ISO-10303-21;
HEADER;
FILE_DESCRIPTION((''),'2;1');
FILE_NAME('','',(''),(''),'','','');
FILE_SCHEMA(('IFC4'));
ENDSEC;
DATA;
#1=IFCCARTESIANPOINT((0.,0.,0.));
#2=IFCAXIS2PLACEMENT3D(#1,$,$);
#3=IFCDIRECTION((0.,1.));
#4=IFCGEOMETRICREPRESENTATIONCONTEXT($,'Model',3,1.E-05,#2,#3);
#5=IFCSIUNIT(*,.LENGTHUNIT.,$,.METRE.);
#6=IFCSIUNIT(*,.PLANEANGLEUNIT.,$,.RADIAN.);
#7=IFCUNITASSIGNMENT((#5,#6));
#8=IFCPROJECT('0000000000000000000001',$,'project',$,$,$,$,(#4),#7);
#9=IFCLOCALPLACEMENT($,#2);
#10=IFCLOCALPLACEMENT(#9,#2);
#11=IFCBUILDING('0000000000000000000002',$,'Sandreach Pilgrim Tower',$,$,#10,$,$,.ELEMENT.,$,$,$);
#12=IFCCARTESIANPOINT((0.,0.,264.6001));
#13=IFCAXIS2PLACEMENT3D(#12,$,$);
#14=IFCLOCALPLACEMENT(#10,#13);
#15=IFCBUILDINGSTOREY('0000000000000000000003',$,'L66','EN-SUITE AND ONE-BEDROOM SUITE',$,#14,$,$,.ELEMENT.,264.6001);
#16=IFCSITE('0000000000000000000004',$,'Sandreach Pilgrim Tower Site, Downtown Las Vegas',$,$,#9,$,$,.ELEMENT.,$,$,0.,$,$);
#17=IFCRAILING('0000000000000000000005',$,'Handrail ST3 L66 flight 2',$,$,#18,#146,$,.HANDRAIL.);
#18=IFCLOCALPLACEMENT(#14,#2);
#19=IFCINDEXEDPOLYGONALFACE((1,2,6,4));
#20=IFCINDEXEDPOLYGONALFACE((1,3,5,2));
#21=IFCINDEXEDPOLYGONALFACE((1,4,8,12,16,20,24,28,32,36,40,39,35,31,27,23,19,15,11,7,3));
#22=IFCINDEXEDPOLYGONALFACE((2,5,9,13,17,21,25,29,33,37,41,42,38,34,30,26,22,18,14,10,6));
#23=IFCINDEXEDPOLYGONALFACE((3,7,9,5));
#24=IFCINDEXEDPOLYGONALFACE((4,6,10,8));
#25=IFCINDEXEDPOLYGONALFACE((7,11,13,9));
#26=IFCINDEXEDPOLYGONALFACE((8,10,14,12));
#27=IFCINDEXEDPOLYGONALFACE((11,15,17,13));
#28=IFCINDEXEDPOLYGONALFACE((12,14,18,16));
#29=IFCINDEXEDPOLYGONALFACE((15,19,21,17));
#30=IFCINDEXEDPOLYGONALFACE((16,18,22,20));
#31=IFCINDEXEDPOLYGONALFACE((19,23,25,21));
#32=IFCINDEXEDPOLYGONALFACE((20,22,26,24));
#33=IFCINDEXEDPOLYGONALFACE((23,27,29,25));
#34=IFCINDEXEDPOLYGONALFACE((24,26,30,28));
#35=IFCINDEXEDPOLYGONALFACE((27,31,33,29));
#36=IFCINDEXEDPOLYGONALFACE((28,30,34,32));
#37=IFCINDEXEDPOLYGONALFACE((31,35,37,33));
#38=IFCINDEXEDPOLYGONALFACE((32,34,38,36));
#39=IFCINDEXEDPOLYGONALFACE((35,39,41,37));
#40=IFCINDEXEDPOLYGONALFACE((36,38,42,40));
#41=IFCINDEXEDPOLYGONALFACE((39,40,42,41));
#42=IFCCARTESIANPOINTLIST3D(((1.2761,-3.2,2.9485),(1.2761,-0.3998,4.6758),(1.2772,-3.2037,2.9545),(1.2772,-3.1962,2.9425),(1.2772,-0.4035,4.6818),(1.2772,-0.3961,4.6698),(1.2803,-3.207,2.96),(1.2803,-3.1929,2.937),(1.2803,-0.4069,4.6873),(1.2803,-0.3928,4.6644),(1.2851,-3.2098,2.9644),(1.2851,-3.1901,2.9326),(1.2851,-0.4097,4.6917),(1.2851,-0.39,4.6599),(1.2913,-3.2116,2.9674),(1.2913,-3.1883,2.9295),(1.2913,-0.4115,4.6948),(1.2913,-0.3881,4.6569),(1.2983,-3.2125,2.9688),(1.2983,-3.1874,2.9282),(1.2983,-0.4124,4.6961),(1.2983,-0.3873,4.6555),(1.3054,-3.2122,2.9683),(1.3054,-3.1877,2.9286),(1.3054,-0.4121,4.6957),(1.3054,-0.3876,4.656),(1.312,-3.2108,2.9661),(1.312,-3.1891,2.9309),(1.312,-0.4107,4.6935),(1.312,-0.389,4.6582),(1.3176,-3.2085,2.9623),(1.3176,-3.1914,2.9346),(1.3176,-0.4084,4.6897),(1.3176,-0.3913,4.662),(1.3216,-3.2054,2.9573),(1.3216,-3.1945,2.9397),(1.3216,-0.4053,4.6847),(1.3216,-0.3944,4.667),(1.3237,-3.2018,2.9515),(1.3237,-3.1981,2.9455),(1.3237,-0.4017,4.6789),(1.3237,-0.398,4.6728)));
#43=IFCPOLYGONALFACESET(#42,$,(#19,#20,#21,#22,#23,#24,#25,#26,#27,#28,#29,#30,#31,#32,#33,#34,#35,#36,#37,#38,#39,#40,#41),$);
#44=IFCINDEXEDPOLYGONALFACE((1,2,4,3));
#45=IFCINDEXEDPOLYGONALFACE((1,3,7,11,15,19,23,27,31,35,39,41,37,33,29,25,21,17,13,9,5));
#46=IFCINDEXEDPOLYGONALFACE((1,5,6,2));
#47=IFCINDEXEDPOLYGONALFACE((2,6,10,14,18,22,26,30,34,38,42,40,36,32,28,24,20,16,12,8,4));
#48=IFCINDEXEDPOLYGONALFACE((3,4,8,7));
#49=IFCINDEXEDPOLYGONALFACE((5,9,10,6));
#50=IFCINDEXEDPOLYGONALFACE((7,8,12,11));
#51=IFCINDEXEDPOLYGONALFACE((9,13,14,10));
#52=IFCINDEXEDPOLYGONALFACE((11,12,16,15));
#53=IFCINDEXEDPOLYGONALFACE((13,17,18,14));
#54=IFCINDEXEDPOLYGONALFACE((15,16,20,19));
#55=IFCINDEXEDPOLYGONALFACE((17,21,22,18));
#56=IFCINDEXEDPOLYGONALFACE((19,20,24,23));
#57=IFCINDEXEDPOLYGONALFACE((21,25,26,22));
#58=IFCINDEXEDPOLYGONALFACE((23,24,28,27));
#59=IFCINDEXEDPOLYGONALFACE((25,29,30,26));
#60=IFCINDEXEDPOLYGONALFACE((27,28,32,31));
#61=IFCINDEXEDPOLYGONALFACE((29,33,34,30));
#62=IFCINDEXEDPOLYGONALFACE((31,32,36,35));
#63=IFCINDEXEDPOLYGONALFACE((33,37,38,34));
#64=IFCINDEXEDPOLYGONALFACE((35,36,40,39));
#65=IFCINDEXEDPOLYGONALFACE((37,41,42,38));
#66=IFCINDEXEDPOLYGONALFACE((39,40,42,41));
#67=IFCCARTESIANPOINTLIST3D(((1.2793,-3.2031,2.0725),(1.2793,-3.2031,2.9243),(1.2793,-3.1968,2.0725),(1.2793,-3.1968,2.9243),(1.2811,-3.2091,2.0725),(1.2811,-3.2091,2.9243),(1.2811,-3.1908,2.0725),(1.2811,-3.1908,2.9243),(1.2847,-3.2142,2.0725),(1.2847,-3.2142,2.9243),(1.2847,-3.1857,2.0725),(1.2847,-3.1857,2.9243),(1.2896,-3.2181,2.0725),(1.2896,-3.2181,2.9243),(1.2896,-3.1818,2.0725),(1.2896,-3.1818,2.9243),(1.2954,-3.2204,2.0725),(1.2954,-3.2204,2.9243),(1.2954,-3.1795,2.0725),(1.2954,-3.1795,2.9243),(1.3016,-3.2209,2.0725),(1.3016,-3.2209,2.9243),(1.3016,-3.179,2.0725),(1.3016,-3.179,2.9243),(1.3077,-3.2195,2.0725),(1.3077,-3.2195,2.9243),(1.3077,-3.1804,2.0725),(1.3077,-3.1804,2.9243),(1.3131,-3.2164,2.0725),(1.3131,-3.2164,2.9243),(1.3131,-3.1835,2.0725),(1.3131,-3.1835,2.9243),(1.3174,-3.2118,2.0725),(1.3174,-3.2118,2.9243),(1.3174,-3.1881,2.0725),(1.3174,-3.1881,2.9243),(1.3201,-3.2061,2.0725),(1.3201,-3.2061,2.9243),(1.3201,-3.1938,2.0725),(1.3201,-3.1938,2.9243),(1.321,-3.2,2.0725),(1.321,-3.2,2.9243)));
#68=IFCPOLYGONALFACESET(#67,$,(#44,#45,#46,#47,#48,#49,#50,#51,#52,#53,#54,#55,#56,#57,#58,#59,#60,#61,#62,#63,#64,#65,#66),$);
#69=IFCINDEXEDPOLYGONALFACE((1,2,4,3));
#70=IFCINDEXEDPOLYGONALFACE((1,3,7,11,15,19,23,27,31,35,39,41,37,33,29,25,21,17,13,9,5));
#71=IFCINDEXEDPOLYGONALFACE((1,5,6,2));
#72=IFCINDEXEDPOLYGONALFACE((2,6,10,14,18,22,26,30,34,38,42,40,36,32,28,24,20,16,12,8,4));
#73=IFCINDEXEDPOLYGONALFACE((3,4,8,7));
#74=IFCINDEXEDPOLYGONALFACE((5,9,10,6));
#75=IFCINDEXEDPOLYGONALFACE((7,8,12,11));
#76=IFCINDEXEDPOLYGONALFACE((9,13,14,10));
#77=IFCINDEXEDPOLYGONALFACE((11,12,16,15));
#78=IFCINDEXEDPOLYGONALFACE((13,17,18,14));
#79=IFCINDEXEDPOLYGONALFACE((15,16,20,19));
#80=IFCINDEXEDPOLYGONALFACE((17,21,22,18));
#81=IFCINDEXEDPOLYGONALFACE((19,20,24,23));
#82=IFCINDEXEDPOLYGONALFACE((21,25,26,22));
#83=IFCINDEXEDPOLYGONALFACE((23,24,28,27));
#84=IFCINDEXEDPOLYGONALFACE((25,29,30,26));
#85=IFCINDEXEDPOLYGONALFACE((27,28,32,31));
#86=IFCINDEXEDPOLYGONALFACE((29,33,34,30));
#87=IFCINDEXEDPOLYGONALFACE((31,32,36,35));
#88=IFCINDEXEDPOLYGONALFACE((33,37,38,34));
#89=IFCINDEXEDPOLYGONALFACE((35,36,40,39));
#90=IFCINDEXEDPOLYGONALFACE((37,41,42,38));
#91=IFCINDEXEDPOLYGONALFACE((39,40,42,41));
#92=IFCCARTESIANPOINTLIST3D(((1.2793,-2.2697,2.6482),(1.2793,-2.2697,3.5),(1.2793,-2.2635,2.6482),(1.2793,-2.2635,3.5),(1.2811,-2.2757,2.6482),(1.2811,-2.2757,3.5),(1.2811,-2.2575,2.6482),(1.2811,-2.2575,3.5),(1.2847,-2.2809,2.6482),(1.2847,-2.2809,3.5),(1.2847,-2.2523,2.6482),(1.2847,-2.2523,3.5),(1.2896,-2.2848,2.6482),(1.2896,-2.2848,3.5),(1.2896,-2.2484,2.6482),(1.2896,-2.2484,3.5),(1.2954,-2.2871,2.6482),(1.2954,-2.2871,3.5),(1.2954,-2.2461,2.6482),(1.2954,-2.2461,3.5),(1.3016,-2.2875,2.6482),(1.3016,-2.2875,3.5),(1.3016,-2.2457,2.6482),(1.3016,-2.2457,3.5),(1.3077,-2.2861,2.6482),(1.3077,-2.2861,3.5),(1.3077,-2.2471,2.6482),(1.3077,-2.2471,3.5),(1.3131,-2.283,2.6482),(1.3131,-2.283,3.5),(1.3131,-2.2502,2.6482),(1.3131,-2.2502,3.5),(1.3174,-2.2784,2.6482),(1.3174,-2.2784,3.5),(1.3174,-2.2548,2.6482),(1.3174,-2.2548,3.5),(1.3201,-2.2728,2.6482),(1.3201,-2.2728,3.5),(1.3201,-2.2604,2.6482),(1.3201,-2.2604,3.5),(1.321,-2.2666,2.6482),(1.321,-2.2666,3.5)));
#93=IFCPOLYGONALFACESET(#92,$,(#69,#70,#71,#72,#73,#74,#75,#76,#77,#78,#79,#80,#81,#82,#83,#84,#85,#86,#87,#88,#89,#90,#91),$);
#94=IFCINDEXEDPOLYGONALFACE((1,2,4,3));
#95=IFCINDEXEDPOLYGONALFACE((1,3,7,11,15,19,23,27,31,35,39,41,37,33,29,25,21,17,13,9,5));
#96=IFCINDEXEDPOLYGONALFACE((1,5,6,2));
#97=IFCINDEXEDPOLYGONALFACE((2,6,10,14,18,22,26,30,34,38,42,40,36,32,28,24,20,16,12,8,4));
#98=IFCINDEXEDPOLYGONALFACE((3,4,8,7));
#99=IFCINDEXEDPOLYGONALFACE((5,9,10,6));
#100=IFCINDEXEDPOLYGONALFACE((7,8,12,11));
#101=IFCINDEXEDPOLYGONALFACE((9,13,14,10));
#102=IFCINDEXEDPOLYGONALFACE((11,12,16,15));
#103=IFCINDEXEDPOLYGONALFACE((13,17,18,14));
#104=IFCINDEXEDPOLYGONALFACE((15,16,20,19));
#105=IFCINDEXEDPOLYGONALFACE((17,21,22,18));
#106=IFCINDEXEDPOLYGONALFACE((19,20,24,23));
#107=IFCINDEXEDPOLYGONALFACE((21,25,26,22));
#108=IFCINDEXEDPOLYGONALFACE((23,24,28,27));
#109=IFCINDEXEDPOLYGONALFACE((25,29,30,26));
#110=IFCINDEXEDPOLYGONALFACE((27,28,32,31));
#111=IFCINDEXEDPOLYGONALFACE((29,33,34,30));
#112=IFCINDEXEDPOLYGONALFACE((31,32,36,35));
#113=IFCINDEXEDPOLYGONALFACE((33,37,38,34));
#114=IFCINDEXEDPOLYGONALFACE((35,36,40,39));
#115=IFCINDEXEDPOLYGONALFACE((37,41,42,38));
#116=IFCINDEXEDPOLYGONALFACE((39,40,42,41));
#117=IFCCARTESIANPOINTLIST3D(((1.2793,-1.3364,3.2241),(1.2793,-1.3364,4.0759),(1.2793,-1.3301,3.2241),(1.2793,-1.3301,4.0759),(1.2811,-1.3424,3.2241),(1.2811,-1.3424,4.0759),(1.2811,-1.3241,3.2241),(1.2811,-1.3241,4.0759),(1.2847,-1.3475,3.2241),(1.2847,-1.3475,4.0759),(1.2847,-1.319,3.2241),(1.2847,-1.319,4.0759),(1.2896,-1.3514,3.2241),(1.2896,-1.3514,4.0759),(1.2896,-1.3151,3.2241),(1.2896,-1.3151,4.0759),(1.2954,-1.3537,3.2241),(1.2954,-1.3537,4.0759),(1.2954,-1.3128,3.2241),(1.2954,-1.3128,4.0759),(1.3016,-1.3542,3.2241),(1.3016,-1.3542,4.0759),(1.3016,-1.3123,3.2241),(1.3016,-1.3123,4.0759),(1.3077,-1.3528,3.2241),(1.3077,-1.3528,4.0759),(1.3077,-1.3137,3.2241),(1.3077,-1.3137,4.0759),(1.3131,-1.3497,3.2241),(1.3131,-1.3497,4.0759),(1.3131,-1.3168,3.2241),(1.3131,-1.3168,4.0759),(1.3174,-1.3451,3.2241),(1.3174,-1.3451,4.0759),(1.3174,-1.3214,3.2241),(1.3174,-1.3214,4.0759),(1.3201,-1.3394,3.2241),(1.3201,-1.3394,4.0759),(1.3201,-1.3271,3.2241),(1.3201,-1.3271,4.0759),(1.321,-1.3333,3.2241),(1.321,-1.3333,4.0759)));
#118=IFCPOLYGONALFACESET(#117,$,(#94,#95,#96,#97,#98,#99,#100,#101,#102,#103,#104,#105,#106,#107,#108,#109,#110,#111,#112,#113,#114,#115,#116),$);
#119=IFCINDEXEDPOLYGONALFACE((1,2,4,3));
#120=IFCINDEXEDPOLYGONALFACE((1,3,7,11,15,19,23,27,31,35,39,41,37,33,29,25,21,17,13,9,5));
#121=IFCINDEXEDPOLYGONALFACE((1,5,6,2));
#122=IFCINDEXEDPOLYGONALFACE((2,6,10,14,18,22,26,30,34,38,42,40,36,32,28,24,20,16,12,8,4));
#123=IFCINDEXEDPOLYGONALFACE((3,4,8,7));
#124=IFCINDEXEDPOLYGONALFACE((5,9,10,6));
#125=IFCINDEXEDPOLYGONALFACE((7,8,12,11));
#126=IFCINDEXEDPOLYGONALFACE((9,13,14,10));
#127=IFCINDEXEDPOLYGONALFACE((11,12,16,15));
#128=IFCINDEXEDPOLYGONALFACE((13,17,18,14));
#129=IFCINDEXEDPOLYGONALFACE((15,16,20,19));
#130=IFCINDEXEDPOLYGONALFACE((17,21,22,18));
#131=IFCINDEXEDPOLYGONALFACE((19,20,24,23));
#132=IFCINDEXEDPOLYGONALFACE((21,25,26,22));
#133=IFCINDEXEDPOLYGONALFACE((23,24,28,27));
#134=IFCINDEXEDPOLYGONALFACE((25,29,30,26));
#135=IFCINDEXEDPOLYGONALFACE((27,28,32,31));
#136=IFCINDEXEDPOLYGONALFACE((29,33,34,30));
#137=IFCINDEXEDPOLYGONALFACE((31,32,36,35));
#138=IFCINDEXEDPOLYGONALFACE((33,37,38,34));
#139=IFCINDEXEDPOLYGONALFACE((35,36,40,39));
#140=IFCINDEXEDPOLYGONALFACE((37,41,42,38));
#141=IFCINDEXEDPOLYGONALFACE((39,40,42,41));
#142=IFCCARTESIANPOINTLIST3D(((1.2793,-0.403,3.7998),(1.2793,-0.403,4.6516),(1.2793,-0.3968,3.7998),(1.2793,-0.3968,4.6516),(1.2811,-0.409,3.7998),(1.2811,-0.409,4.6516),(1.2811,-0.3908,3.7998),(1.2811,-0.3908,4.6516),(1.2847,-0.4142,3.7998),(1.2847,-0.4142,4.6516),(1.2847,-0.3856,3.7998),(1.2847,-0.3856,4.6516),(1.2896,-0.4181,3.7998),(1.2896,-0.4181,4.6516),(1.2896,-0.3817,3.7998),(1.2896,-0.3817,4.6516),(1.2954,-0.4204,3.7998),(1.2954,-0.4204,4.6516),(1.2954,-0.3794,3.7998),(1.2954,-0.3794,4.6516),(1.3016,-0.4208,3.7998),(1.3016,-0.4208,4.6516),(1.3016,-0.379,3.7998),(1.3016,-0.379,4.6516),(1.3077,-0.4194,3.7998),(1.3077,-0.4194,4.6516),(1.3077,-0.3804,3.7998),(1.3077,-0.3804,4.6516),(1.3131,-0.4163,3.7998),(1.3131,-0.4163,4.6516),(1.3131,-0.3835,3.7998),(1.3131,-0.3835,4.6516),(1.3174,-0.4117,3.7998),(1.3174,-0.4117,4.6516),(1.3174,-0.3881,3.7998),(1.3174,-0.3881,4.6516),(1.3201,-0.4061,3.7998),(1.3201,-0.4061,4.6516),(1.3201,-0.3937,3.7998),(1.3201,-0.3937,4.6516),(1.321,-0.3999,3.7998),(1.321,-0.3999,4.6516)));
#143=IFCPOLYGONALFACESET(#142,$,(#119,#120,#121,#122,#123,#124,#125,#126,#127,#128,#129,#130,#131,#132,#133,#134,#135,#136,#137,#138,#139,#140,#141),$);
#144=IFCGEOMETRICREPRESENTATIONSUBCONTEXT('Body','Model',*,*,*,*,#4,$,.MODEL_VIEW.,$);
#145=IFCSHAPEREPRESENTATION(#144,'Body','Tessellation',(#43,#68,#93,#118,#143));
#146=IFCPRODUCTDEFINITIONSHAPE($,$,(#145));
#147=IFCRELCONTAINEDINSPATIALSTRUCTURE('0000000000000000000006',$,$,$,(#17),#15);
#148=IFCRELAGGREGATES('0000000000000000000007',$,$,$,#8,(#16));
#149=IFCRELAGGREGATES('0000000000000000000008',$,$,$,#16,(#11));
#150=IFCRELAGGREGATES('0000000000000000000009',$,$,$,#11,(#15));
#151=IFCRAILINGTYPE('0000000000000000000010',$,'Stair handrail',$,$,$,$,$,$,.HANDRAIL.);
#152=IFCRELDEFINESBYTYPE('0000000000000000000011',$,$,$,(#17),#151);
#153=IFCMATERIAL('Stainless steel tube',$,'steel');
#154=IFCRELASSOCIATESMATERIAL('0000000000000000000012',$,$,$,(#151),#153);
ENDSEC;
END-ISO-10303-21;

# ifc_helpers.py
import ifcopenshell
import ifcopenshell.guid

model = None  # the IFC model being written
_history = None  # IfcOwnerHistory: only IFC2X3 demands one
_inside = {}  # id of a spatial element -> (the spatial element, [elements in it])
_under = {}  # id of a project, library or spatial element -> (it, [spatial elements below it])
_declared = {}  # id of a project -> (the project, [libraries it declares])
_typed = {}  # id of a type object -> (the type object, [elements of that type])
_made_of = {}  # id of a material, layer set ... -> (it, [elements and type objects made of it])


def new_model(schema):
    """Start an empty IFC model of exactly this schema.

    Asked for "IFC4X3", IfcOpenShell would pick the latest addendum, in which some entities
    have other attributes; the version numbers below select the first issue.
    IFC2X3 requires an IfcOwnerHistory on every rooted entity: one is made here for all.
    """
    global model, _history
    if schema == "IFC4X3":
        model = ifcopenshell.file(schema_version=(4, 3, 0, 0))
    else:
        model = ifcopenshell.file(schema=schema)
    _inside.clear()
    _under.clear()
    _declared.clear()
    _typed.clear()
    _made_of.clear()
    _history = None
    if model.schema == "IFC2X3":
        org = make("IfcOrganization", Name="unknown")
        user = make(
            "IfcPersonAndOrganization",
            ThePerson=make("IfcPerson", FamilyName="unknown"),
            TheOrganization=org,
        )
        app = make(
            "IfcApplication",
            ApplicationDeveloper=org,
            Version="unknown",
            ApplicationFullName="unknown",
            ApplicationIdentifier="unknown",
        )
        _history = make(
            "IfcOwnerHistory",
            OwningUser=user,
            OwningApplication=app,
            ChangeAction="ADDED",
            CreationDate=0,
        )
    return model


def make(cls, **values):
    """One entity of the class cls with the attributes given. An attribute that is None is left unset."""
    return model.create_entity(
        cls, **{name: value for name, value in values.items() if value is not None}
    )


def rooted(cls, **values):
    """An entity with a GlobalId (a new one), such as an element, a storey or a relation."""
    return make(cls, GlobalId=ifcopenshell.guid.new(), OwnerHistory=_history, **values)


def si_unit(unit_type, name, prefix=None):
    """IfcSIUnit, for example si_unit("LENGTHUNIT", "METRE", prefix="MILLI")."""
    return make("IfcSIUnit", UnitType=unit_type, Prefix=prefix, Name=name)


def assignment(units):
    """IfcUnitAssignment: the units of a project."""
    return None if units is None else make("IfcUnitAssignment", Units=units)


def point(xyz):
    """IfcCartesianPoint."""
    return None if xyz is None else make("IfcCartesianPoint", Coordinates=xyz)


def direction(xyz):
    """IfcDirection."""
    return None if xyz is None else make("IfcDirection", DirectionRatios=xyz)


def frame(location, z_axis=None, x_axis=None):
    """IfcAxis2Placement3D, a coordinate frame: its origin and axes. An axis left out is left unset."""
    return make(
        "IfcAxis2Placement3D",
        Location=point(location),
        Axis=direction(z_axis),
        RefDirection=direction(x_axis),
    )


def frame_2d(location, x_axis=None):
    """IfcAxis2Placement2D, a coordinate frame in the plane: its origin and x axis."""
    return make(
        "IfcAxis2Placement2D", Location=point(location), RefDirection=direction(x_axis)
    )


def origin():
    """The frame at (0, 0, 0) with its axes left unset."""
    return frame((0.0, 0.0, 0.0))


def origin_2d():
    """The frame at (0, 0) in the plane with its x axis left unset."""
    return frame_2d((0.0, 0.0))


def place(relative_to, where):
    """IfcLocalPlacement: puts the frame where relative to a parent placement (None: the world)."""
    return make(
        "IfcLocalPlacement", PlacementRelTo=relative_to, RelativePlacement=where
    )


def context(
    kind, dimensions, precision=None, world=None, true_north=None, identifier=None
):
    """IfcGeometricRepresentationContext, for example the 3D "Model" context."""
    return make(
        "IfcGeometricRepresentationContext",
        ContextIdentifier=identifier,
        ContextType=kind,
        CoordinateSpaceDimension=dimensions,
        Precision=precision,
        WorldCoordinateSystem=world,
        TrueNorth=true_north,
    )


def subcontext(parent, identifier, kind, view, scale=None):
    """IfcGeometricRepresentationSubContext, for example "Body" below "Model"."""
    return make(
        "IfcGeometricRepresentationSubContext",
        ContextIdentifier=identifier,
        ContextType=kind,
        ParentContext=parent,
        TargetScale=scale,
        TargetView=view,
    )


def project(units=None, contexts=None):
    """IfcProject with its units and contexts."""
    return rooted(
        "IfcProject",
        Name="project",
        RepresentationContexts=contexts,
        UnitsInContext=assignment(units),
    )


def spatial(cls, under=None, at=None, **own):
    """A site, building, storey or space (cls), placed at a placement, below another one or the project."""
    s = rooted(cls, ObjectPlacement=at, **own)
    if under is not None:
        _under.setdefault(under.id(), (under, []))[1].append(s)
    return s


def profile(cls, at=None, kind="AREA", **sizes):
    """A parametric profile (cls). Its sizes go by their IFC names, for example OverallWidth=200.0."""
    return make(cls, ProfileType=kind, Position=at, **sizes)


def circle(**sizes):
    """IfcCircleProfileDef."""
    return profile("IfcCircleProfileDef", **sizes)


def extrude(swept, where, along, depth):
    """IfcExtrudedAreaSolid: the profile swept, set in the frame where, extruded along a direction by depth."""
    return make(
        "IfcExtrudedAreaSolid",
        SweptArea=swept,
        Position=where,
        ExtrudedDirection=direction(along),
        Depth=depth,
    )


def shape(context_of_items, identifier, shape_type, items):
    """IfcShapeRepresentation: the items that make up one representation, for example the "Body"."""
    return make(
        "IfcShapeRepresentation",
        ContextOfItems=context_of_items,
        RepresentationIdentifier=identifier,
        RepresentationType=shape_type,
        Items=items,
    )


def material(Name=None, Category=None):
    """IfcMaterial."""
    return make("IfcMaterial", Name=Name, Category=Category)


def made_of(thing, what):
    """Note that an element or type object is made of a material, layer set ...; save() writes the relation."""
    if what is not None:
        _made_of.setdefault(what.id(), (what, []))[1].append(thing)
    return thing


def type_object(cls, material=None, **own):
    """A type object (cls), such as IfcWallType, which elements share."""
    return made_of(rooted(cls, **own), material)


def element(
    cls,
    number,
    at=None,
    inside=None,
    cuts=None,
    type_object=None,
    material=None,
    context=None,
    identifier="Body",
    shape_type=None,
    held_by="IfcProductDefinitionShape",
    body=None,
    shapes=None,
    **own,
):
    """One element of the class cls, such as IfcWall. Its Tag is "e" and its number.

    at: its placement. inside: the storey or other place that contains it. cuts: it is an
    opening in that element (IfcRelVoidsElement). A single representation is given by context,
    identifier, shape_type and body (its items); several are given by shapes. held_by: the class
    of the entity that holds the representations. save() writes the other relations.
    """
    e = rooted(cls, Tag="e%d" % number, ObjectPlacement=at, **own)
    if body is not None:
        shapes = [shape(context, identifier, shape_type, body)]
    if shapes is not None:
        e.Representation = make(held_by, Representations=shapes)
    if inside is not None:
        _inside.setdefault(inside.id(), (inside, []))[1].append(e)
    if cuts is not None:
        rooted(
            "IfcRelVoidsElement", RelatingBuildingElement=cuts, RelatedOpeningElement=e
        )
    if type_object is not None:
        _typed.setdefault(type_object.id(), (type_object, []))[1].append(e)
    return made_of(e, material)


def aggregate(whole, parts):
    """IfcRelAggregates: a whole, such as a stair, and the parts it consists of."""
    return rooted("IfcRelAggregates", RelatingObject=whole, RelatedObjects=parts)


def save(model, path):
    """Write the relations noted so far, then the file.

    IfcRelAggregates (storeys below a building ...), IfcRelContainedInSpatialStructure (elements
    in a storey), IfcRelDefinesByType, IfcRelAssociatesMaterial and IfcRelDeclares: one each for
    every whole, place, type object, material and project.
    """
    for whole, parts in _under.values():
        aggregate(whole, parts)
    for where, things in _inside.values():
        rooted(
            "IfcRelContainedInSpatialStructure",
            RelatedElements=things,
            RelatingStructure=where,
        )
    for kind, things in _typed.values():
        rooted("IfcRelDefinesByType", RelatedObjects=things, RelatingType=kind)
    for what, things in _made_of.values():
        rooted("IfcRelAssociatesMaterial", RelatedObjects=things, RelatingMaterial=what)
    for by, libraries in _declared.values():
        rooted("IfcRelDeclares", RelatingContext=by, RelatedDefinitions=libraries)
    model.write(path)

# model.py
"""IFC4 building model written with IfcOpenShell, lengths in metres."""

from ifc_helpers import new_model, si_unit, direction, frame, origin, origin_2d, place, context, subcontext, project, spatial, circle, extrude, material, type_object, element, save


model = new_model("IFC4")

# Units and contexts
model_context = context("Model", 3, precision=1e-05, world=origin(), true_north=direction((0.0, 1.0)))
body_context = subcontext(model_context, "Body", "Model", "MODEL_VIEW")
ifc_project = project(units=[si_unit("LENGTHUNIT", "METRE"), si_unit("PLANEANGLEUNIT", "RADIAN")], contexts=[model_context])

# Site, building, storey
site_placement = place(None, origin())
site = spatial("IfcSite", under=ifc_project, at=site_placement, Name="Sandreach Pilgrim Tower Site, Downtown Las Vegas", CompositionType="ELEMENT", RefElevation=0.0)
building_placement = place(site_placement, origin())
building = spatial("IfcBuilding", under=site, at=building_placement, Name="Sandreach Pilgrim Tower", CompositionType="ELEMENT")
storey_placement = place(building_placement, frame((0.0, 0.0, 264.6001)))
storey = spatial("IfcBuildingStorey", under=building, at=storey_placement, Name="L66", Description="EN-SUITE AND ONE-BEDROOM SUITE", CompositionType="ELEMENT", Elevation=264.6001)

# Railing
ifc_material_1 = material(Name="Stainless steel tube", Category="steel")
railing_type = type_object("IfcRailingType", Name="Stair handrail", PredefinedType="HANDRAIL", material=ifc_material_1)
for number, where, name in (
    (1, (1.3, -3.2, 2.0725), "Handrail ST3 L66 flight 2"),
):
    element("IfcRailing", number, at=place(storey_placement, frame(where)), inside=storey, type_object=railing_type, Name=name, PredefinedType="HANDRAIL", context=body_context, shape_type="SweptSolid", body=[
        extrude(circle(Radius=0.0239, at=origin_2d()), frame((0.0, 0.0, 0.876), z_axis=(0.0, 0.85109, 0.52502), x_axis=(-1.0, 0.0, 0.0)), (0.0, 0.0, 1.0), 3.29),
        extrude(circle(Radius=0.021, at=origin_2d()), origin(), (0.0, 0.0, 1.0), 0.8518),
        extrude(circle(Radius=0.021, at=origin_2d()), frame((0.0, 0.9333, 0.5757)), (0.0, 0.0, 1.0), 0.8518),
        extrude(circle(Radius=0.021, at=origin_2d()), frame((0.0, 1.8667, 1.1516)), (0.0, 0.0, 1.0), 0.8518),
        extrude(circle(Radius=0.021, at=origin_2d()), frame((0.0, 2.8, 1.7273)), (0.0, 0.0, 1.0), 0.8518),
    ])

save(model, "model.ifc")
